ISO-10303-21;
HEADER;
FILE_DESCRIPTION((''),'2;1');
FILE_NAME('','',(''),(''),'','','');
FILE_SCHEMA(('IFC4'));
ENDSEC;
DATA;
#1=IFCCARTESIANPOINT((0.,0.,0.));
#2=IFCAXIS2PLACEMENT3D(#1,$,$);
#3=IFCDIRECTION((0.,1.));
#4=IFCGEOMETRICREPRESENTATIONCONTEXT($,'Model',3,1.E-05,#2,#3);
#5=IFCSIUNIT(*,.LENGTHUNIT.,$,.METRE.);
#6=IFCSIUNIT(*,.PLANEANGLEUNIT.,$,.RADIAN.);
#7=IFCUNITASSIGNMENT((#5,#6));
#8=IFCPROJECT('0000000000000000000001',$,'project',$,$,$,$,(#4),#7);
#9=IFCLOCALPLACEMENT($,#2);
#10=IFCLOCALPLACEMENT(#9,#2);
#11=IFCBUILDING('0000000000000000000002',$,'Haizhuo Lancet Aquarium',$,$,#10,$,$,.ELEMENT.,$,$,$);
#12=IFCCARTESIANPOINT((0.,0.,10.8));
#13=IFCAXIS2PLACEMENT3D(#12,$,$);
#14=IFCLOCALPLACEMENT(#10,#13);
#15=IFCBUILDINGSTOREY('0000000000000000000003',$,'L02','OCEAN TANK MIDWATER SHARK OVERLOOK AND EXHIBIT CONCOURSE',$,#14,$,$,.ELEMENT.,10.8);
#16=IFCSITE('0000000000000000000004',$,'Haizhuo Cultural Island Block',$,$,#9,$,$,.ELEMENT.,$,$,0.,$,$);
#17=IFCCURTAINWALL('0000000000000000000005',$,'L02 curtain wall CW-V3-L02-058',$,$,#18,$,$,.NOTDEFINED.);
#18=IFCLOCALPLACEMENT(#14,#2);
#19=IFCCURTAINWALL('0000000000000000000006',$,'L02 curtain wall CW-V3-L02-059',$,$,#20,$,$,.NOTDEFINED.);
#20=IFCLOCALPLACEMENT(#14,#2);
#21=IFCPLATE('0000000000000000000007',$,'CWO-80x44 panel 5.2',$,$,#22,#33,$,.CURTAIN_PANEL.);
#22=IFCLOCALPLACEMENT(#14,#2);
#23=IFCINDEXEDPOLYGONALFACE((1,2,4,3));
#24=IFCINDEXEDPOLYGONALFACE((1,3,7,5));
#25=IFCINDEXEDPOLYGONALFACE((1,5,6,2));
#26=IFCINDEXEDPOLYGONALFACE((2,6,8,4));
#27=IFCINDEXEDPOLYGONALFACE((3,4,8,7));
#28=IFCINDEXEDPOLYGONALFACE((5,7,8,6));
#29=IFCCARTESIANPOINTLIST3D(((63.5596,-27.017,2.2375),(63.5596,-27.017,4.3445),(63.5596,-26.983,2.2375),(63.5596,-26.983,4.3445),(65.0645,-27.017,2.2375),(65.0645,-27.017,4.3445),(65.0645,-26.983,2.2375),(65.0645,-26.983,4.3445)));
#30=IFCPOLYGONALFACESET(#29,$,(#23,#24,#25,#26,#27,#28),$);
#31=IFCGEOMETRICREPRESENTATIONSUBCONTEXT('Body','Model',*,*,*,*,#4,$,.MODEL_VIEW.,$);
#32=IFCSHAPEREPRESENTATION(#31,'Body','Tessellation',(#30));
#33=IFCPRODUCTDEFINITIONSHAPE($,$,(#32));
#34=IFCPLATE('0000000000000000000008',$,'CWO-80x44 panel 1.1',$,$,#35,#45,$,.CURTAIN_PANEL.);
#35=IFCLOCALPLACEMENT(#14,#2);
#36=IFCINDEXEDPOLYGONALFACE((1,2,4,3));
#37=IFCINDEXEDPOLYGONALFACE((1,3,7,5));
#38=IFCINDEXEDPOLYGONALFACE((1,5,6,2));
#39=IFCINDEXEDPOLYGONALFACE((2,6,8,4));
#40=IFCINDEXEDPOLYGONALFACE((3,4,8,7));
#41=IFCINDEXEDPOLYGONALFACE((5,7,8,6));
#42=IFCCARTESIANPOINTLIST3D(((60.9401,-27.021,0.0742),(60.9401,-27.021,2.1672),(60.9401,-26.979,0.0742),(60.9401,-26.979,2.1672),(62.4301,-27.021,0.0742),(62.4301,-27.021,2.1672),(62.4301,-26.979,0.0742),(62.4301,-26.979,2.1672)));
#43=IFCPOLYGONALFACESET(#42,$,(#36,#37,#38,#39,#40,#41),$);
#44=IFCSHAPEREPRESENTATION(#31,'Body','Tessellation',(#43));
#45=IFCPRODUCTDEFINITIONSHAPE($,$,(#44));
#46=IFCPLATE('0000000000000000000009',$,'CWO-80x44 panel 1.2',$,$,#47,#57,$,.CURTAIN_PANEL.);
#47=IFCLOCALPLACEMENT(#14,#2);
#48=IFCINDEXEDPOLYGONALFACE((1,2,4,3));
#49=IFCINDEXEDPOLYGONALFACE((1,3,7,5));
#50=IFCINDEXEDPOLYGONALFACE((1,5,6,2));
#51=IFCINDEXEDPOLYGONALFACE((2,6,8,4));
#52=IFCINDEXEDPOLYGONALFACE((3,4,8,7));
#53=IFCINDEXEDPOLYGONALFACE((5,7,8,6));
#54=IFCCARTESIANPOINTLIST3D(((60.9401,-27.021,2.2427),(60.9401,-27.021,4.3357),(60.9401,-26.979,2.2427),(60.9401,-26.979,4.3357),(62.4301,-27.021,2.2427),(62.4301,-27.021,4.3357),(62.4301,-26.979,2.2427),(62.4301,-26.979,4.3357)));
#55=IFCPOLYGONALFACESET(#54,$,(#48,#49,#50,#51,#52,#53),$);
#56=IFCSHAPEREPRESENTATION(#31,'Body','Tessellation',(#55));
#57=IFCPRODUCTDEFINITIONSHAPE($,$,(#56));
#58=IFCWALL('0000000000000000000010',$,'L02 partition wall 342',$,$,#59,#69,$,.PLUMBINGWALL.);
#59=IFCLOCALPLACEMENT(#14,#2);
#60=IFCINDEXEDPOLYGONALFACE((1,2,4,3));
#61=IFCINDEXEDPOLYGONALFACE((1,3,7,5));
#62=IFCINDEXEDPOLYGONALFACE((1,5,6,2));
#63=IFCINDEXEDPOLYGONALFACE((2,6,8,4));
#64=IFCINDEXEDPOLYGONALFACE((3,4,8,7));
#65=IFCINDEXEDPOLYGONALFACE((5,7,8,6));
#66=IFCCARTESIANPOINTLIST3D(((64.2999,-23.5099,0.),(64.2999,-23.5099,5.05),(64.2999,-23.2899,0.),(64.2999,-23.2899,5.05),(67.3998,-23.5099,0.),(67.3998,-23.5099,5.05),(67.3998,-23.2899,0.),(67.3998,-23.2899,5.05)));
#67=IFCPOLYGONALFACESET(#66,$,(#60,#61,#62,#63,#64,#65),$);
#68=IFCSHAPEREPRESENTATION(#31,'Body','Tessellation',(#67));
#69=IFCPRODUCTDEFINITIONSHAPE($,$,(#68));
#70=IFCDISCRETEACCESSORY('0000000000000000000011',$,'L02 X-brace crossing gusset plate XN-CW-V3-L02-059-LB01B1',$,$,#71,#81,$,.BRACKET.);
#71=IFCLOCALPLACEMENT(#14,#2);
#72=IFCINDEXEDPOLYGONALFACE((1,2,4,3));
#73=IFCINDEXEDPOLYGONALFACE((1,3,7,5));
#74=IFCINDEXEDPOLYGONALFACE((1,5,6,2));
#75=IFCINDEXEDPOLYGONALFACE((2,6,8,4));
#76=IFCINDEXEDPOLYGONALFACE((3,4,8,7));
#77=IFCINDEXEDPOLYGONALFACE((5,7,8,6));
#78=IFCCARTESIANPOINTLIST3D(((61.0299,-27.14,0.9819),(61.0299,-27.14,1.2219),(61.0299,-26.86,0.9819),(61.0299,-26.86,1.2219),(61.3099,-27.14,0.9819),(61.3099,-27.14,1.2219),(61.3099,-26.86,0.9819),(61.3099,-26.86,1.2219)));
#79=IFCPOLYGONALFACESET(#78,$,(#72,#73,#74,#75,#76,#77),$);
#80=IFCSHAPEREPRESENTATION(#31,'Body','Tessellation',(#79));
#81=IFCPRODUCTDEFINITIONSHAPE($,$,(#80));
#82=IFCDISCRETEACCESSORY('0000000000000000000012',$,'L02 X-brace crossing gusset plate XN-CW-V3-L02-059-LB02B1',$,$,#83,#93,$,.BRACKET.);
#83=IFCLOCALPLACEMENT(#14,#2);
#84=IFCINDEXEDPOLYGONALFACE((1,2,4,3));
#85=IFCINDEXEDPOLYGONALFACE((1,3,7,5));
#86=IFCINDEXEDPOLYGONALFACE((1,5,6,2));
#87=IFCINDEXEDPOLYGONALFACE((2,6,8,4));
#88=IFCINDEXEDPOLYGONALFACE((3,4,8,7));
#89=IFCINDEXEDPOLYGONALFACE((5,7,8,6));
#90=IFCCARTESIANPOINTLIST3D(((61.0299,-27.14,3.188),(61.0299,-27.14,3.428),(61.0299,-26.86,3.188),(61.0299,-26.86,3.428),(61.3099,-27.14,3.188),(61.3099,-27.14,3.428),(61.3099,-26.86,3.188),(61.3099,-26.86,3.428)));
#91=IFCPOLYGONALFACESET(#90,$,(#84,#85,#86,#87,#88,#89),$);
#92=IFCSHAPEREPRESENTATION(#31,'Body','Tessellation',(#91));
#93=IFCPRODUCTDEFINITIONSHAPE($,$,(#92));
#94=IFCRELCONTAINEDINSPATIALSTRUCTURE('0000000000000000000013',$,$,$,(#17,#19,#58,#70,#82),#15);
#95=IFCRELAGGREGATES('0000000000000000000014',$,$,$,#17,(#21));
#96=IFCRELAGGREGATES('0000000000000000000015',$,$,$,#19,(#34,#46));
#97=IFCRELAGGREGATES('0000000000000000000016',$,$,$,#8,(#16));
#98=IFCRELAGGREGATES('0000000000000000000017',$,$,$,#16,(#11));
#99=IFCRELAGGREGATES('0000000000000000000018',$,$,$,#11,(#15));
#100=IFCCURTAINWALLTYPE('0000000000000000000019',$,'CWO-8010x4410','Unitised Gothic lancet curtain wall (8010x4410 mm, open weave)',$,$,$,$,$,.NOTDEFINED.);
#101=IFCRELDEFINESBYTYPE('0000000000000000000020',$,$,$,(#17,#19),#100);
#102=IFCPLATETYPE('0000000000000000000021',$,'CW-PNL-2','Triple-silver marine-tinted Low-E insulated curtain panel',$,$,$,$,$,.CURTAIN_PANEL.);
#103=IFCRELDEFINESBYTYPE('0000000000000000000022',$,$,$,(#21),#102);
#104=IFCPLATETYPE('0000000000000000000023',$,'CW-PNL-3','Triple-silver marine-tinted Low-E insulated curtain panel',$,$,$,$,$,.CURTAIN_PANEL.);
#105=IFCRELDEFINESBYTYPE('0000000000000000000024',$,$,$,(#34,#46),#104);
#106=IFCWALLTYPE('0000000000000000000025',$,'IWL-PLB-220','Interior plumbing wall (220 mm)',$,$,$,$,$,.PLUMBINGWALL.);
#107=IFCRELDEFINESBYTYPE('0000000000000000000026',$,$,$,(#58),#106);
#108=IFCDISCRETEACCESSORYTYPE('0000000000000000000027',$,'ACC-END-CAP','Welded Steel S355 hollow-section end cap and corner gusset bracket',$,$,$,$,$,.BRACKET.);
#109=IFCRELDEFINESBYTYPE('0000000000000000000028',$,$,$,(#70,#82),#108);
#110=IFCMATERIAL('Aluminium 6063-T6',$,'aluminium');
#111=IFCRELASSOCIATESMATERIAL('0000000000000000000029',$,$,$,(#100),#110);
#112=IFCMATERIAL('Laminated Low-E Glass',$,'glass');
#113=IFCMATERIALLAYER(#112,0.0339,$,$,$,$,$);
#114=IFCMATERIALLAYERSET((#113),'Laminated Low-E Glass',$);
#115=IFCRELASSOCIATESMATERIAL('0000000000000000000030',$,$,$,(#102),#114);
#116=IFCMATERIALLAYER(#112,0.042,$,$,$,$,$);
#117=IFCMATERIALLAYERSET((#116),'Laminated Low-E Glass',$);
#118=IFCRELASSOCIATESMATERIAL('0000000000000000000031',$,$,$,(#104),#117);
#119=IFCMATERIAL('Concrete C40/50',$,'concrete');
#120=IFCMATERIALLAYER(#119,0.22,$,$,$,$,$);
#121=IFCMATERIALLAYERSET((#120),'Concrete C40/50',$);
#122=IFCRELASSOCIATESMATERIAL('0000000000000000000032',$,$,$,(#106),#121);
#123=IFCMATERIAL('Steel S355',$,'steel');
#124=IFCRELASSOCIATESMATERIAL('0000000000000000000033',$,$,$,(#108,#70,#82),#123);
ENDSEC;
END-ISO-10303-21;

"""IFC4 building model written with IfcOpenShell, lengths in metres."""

from ifc_helpers import new_model, si_unit, direction, frame, frame_2d, origin, origin_2d, place, context, subcontext, project, spatial, rectangle, extrude, material, layer, layer_set, type_object, element, aggregate, save


model = new_model("IFC4")

# Units and contexts
model_context = context("Model", 3, precision=1e-05, world=origin(), true_north=direction((0.0, 1.0)))
body_context = subcontext(model_context, "Body", "Model", "MODEL_VIEW")
ifc_project = project(units=[si_unit("LENGTHUNIT", "METRE"), si_unit("PLANEANGLEUNIT", "RADIAN")], contexts=[model_context])

# Site, building, storey
site_placement = place(None, origin())
site = spatial("IfcSite", under=ifc_project, at=site_placement, Name="Haizhuo Cultural Island Block", CompositionType="ELEMENT", RefElevation=0.0)
building_placement = place(site_placement, origin())
building = spatial("IfcBuilding", under=site, at=building_placement, Name="Haizhuo Lancet Aquarium", CompositionType="ELEMENT")
storey_placement = place(building_placement, frame((0.0, 0.0, 10.8)))
storey = spatial("IfcBuildingStorey", under=building, at=storey_placement, Name="L02", Description="OCEAN TANK MIDWATER SHARK OVERLOOK AND EXHIBIT CONCOURSE", CompositionType="ELEMENT", Elevation=10.8)

# Shared definitions
ifc_material_1 = material(Name="Concrete C40/50", Category="concrete")

# Curtain wall
ifc_material_2 = material(Name="Aluminium 6063-T6", Category="aluminium")
curtain_wall_type = type_object("IfcCurtainWallType", Name="CWO-8010x4410", Description="Unitised Gothic lancet curtain wall (8010x4410 mm, open weave)", PredefinedType="NOTDEFINED", material=ifc_material_2)
curtain_wall_1_placement = place(storey_placement, origin())
curtain_wall_1 = element("IfcCurtainWall", 1, at=curtain_wall_1_placement, inside=storey, type_object=curtain_wall_type, Name="L02 curtain wall CW-V3-L02-058", PredefinedType="NOTDEFINED")

# Curtain wall
curtain_wall_2_placement = place(storey_placement, origin())
curtain_wall_2 = element("IfcCurtainWall", 2, at=curtain_wall_2_placement, inside=storey, type_object=curtain_wall_type, Name="L02 curtain wall CW-V3-L02-059", PredefinedType="NOTDEFINED")

# Shared definitions
ifc_material_3 = material(Name="Steel S355", Category="steel")

# Plates
ifc_material_4 = material(Name="Laminated Low-E Glass", Category="glass")
ifc_layer_1 = layer(ifc_material_4, 0.0339)
ifc_layer_set_1 = layer_set([ifc_layer_1], Name="Laminated Low-E Glass")
plate_type_1 = type_object("IfcPlateType", Name="CW-PNL-2", Description="Triple-silver marine-tinted Low-E insulated curtain panel", PredefinedType="CURTAIN_PANEL", material=ifc_layer_set_1)
plate_1_placement = place(storey_placement, frame((64.312, -27.0, 2.2375), z_axis=(0.0, 0.0, 1.0), x_axis=(-1.0, 0.0, 0.0)))
plate_1 = element("IfcPlate", 3, at=plate_1_placement, type_object=plate_type_1, Name="CWO-80x44 panel 5.2", PredefinedType="CURTAIN_PANEL", context=body_context, shape_type="SweptSolid", body=[
    extrude(rectangle(XDim=1.5049, YDim=0.0339, at=origin_2d()), origin(), (0.0, 0.0, 1.0), 2.1069),
])
aggregate(curtain_wall_1, [plate_1])
ifc_layer_2 = layer(ifc_material_4, 0.042)
ifc_layer_set_2 = layer_set([ifc_layer_2], Name="Laminated Low-E Glass")
plate_type_2 = type_object("IfcPlateType", Name="CW-PNL-3", Description="Triple-silver marine-tinted Low-E insulated curtain panel", PredefinedType="CURTAIN_PANEL", material=ifc_layer_set_2)
plate_2_placement = place(storey_placement, frame((61.6851, -27.0, 0.0742), z_axis=(0.0, 0.0, 1.0), x_axis=(-1.0, 0.0, 0.0)))
plate_2 = element("IfcPlate", 4, at=plate_2_placement, type_object=plate_type_2, Name="CWO-80x44 panel 1.1", PredefinedType="CURTAIN_PANEL", context=body_context, shape_type="SweptSolid", body=[
    extrude(rectangle(XDim=1.49, YDim=0.042, at=origin_2d()), origin(), (0.0, 0.0, 1.0), 2.093),
])
plate_3_placement = place(storey_placement, frame((61.6851, -27.0, 2.2427), z_axis=(0.0, 0.0, 1.0), x_axis=(-1.0, 0.0, 0.0)))
plate_3 = element("IfcPlate", 5, at=plate_3_placement, type_object=plate_type_2, Name="CWO-80x44 panel 1.2", PredefinedType="CURTAIN_PANEL", context=body_context, shape_type="SweptSolid", body=[
    extrude(rectangle(XDim=1.49, YDim=0.042, at=origin_2d()), origin(), (0.0, 0.0, 1.0), 2.093),
])
aggregate(curtain_wall_2, [plate_2, plate_3])

# Wall
ifc_layer_3 = layer(ifc_material_1, 0.22)
ifc_layer_set_3 = layer_set([ifc_layer_3], Name="Concrete C40/50")
wall_type = type_object("IfcWallType", Name="IWL-PLB-220", Description="Interior plumbing wall (220 mm)", PredefinedType="PLUMBINGWALL", material=ifc_layer_set_3)
wall_placement = place(storey_placement, frame((64.3, -23.3999, 0.0), z_axis=(0.0, 0.0, 1.0), x_axis=(1.0, 0.0, 0.0)))
element("IfcWall", 6, at=wall_placement, inside=storey, type_object=wall_type, Name="L02 partition wall 342", PredefinedType="PLUMBINGWALL", context=body_context, shape_type="SweptSolid", body=[
    extrude(rectangle(XDim=3.0999, YDim=0.22, at=frame_2d((1.5498, 0.0))), origin(), (0.0, 0.0, 1.0), 5.05),
])

# Discrete accessories
discrete_accessory_type = type_object("IfcDiscreteAccessoryType", Name="ACC-END-CAP", Description="Welded Steel S355 hollow-section end cap and corner gusset bracket", PredefinedType="BRACKET", material=ifc_material_3)
for number, where, z_axis, x_axis, name in (
    (7, (61.1699, -27.0, 0.9819), (0.0, 0.0, 1.0), (1.0, 0.0, 0.0), "L02 X-brace crossing gusset plate XN-CW-V3-L02-059-LB01B1"),
    (8, (61.1699, -27.0, 3.188), (0.0, 0.0, 1.0), (1.0, 0.0, 0.0), "L02 X-brace crossing gusset plate XN-CW-V3-L02-059-LB02B1"),
):
    element("IfcDiscreteAccessory", number, at=place(storey_placement, frame(where, z_axis=z_axis, x_axis=x_axis)), inside=storey, type_object=discrete_accessory_type, material=ifc_material_3, Name=name, PredefinedType="BRACKET", context=body_context, shape_type="SweptSolid", body=[
        extrude(rectangle(XDim=0.28, YDim=0.28, at=origin_2d()), origin(), (0.0, 0.0, 1.0), 0.24),
    ])

save(model, "model.ifc")
